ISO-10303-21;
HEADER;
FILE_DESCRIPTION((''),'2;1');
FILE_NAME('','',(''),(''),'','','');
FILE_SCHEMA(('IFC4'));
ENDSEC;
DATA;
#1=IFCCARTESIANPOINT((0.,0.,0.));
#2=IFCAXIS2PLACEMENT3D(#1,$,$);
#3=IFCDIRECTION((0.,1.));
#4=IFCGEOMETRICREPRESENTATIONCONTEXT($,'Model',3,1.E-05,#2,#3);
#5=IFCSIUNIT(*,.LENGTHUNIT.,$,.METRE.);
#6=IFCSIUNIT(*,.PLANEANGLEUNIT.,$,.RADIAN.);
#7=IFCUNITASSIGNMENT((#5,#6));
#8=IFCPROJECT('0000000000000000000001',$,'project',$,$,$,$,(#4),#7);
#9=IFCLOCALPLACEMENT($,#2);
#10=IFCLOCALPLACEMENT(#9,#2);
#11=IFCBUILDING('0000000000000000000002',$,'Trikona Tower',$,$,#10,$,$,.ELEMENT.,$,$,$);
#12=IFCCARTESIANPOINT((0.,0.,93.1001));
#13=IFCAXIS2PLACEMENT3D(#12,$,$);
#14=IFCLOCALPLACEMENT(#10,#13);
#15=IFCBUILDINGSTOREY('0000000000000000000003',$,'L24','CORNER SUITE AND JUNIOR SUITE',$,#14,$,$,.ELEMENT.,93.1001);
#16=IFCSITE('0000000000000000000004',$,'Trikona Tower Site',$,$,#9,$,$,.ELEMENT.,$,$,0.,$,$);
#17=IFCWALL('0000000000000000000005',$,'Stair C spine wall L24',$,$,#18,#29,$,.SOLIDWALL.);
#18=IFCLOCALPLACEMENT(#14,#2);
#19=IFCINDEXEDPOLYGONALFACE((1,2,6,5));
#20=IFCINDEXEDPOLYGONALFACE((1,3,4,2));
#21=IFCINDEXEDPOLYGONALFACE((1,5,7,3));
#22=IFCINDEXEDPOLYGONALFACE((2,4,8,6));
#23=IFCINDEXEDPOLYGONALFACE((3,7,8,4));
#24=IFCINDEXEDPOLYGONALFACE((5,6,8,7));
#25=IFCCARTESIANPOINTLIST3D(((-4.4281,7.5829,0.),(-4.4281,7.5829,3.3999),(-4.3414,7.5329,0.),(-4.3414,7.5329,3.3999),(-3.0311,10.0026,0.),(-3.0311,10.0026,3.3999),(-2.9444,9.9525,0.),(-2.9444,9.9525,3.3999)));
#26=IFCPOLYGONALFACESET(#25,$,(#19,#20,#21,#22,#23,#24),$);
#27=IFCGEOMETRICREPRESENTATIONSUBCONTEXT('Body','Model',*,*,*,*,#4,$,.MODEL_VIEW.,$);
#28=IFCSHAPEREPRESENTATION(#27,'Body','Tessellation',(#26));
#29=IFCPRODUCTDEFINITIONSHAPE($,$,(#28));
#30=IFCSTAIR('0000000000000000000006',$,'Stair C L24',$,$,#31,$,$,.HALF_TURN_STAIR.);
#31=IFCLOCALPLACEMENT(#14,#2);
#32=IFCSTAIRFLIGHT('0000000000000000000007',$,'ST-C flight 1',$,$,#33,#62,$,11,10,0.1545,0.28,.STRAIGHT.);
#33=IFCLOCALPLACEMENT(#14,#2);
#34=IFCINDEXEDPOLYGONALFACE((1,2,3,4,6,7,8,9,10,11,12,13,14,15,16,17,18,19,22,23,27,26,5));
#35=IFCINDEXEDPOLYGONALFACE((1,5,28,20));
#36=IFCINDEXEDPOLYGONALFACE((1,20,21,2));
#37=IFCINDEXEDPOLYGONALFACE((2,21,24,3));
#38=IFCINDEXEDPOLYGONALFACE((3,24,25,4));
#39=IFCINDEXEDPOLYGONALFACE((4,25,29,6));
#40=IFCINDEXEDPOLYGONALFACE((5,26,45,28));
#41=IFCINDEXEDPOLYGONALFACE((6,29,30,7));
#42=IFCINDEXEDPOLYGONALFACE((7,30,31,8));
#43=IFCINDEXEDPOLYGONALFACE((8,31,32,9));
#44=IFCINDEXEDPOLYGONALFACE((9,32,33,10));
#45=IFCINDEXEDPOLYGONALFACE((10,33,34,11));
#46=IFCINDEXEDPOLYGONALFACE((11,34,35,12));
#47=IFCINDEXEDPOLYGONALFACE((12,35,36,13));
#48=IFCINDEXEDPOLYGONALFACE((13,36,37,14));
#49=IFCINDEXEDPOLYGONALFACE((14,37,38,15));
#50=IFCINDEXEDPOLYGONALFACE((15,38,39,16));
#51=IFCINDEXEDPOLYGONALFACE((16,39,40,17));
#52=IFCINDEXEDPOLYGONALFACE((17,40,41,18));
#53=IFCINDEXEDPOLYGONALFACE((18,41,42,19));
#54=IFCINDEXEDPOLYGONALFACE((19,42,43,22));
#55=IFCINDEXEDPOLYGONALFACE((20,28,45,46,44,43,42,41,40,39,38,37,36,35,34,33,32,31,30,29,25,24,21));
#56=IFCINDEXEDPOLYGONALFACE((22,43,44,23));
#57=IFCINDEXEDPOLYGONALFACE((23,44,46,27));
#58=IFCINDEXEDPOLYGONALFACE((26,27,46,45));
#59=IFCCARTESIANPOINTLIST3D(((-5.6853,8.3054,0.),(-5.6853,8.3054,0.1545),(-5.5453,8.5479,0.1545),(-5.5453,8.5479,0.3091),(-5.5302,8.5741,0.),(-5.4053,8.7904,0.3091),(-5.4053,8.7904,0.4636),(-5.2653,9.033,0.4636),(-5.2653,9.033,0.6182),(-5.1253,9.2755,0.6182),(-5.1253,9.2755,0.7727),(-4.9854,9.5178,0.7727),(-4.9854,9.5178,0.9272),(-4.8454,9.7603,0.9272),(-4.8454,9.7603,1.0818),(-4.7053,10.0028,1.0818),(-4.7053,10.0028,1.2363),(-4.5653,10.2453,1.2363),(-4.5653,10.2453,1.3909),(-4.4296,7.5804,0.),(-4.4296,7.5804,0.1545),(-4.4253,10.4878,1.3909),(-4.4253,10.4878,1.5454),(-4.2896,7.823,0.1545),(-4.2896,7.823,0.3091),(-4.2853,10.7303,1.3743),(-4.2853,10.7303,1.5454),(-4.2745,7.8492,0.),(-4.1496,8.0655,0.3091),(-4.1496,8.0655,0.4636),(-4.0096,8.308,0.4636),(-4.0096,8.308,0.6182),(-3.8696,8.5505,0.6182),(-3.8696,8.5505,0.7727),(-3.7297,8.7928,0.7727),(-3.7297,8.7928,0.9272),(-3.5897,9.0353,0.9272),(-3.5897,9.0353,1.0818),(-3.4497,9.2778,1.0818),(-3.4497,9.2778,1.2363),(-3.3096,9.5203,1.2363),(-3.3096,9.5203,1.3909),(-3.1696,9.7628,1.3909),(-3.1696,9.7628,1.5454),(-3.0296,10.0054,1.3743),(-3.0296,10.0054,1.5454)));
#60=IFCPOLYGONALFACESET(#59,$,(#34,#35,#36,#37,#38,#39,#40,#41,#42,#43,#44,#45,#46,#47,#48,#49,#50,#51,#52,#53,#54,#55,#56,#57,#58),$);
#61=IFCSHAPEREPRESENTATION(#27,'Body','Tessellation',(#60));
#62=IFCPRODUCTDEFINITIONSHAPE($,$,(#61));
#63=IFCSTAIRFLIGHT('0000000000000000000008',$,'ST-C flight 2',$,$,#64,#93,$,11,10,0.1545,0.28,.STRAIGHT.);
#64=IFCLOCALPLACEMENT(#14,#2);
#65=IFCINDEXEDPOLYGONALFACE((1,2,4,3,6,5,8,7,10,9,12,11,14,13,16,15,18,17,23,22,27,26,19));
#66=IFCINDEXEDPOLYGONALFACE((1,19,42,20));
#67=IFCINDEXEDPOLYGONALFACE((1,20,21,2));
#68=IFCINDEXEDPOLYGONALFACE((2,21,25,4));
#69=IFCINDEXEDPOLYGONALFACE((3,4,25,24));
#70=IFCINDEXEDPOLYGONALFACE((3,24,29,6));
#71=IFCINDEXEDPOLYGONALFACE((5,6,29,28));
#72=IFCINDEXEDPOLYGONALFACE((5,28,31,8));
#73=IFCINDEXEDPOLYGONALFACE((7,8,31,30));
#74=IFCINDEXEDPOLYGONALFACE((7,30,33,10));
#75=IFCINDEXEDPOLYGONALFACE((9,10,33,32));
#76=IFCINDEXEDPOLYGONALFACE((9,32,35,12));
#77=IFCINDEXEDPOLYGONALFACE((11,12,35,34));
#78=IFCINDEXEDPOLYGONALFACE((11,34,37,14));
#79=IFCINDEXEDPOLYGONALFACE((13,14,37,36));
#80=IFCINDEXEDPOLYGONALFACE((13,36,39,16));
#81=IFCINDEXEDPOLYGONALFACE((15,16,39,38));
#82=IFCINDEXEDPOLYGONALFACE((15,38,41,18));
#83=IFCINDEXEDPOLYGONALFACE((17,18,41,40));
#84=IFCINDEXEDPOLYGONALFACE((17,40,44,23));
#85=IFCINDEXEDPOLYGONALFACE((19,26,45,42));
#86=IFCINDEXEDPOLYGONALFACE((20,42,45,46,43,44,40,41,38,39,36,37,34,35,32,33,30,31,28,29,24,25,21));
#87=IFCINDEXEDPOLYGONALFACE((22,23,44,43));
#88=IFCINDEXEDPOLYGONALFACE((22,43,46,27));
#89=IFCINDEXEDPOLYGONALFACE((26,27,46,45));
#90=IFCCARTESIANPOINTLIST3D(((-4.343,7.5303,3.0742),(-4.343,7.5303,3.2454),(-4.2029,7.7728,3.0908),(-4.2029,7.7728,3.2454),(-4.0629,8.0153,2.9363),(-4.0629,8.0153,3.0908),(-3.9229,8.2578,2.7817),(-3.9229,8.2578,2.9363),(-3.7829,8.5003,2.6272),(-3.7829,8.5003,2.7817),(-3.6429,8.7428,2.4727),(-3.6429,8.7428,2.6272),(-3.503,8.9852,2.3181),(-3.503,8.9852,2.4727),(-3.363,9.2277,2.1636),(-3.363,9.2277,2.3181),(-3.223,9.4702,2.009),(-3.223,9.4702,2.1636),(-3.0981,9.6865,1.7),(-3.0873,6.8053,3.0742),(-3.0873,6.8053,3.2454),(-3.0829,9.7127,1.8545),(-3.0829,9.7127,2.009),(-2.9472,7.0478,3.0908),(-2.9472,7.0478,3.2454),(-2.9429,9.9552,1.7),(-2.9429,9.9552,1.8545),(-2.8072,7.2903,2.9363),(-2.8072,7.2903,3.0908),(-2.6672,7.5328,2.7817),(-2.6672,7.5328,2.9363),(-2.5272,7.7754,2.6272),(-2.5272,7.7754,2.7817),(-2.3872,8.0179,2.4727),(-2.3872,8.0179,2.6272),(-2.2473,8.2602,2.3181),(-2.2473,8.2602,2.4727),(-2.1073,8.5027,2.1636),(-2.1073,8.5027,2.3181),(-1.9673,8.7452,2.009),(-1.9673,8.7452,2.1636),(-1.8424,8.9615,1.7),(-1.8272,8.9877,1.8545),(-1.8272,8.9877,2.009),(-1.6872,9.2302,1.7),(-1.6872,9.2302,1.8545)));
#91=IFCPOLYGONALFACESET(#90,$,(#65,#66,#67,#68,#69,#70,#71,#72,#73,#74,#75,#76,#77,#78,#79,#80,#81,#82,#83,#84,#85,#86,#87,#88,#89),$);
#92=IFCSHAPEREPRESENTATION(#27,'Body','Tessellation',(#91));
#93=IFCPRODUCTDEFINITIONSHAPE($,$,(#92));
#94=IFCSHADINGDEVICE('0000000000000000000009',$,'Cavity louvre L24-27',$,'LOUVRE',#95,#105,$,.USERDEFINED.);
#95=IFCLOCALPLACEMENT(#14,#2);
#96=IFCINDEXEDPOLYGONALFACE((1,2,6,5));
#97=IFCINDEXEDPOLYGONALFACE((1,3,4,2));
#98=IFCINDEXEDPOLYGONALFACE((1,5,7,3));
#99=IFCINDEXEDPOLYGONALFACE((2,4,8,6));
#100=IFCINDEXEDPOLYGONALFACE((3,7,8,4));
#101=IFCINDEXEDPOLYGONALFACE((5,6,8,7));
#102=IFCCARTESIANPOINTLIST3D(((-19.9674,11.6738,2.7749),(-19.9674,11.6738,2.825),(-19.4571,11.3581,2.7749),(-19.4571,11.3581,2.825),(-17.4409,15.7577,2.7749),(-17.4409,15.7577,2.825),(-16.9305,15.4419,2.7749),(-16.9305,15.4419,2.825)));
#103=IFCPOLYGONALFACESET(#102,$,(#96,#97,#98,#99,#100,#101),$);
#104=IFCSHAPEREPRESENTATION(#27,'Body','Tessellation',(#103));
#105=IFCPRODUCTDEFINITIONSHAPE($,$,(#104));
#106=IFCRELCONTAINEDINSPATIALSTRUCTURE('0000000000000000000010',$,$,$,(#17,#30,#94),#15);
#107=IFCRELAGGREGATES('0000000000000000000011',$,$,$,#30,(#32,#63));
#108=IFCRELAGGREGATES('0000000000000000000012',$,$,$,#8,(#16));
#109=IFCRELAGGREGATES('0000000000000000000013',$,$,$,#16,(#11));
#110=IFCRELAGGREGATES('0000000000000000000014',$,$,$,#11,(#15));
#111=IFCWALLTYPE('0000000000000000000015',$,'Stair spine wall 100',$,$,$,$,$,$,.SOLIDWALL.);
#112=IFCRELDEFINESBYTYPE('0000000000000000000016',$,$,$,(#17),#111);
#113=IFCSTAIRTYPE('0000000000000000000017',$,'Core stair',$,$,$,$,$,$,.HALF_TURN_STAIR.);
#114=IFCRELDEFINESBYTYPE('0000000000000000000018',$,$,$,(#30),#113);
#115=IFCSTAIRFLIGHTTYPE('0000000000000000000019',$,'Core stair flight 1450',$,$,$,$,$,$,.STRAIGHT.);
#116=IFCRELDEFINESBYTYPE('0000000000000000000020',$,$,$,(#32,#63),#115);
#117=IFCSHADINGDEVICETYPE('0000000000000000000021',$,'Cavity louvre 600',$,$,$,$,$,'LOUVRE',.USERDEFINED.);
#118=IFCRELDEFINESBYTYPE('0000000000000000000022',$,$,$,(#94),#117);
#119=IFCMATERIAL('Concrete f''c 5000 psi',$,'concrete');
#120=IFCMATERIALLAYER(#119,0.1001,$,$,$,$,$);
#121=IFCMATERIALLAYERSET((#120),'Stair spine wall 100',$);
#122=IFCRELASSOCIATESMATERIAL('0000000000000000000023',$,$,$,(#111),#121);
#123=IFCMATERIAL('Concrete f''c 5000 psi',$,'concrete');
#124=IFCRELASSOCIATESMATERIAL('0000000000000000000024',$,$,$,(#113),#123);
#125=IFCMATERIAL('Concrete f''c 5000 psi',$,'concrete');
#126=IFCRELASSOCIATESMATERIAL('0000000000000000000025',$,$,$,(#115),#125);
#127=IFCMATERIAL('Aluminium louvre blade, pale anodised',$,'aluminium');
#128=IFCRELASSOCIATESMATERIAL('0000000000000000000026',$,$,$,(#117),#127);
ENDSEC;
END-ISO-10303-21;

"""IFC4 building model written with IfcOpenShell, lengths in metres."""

from ifc_helpers import new_model, si_unit, direction, frame, frame_2d, origin, origin_2d, place, context, subcontext, project, spatial, polyline, rectangle, outline, extrude, material, layer, layer_set, type_object, element, aggregate, save


model = new_model("IFC4")

# Units and contexts
model_context = context("Model", 3, precision=1e-05, world=origin(), true_north=direction((0.0, 1.0)))
body_context = subcontext(model_context, "Body", "Model", "MODEL_VIEW")
ifc_project = project(units=[si_unit("LENGTHUNIT", "METRE"), si_unit("PLANEANGLEUNIT", "RADIAN")], contexts=[model_context])

# Site, building, storey
site_placement = place(None, origin())
site = spatial("IfcSite", under=ifc_project, at=site_placement, Name="Trikona Tower Site", CompositionType="ELEMENT", RefElevation=0.0)
building_placement = place(site_placement, origin())
building = spatial("IfcBuilding", under=site, at=building_placement, Name="Trikona Tower", CompositionType="ELEMENT")
storey_placement = place(building_placement, frame((0.0, 0.0, 93.1001)))
storey = spatial("IfcBuildingStorey", under=building, at=storey_placement, Name="L24", Description="CORNER SUITE AND JUNIOR SUITE", CompositionType="ELEMENT", Elevation=93.1001)

# Wall
ifc_material_1 = material(Name="Concrete f'c 5000 psi", Category="concrete")
ifc_layer_1 = layer(ifc_material_1, 0.1001)
ifc_layer_set_1 = layer_set([ifc_layer_1], Name="Stair spine wall 100")
wall_type_1 = type_object("IfcWallType", Name="Stair spine wall 100", PredefinedType="SOLIDWALL", material=ifc_layer_set_1)
wall_1_placement = place(storey_placement, frame((-2.9878, 9.9775, 0.0), z_axis=(0.0, 0.0, 1.0), x_axis=(-0.499992, -0.86603, 0.0)))
element("IfcWall", 1, at=wall_1_placement, inside=storey, type_object=wall_type_1, Name="Stair C spine wall L24", PredefinedType="SOLIDWALL", context=body_context, shape_type="SweptSolid", body=[
    extrude(rectangle(XDim=2.7939, YDim=0.1001, at=frame_2d((1.397, 0.0))), origin(), (0.0, 0.0, 1.0), 3.3999),
])

# Stair, stair flights
ifc_material_2 = material(Name="Concrete f'c 5000 psi", Category="concrete")
stair_type = type_object("IfcStairType", Name="Core stair", PredefinedType="HALF_TURN_STAIR", material=ifc_material_2)
stair_placement = place(storey_placement, origin())
stair = element("IfcStair", 2, at=stair_placement, inside=storey, type_object=stair_type, Name="Stair C L24", PredefinedType="HALF_TURN_STAIR")
ifc_material_3 = material(Name="Concrete f'c 5000 psi", Category="concrete")
stair_flight_type = type_object("IfcStairFlightType", Name="Core stair flight 1450", PredefinedType="STRAIGHT", material=ifc_material_3)
stair_flight_1_placement = place(storey_placement, frame((-5.0574, 7.9429, 0.0), z_axis=(0.0, 0.0, 1.0), x_axis=(0.5, 0.866025, 0.0)))
stair_flight_1 = element("IfcStairFlight", 3, at=stair_flight_1_placement, type_object=stair_flight_type, Name="ST-C flight 1", NumberOfRisers=11, NumberOfTreads=10, PredefinedType="STRAIGHT", RiserHeight=0.1545, TreadLength=0.28, context=body_context, shape_type="SweptSolid", body=[
    extrude(outline(polyline([(0.0, 0.0), (0.0, 0.1545), (0.28, 0.1545), (0.28, 0.3091), (0.5601, 0.3091), (0.5601, 0.4636), (0.8401, 0.4636), (0.8401, 0.6182), (1.1201, 0.6182), (1.1201, 0.7727), (1.3999, 0.7727), (1.3999, 0.9272), (1.6799, 0.9272), (1.6799, 1.0818), (1.96, 1.0818), (1.96, 1.2363), (2.24, 1.2363), (2.24, 1.3909), (2.52, 1.3909), (2.52, 1.5454), (2.8, 1.5454), (2.8, 1.7), (2.8, 1.3743), (0.3103, 0.0), (0.0, 0.0)])), frame((0.0, 0.7251, 0.0), z_axis=(0.0, -1.0, 0.0), x_axis=(1.0, 0.0, 0.0)), (0.0, 0.0, 1.0), 1.45),
])
stair_flight_2_placement = place(storey_placement, frame((-2.3152, 9.5928, 1.7), z_axis=(0.0, 0.0, 1.0), x_axis=(-0.5, -0.866025, 0.0)))
stair_flight_2 = element("IfcStairFlight", 4, at=stair_flight_2_placement, type_object=stair_flight_type, Name="ST-C flight 2", NumberOfRisers=11, NumberOfTreads=10, PredefinedType="STRAIGHT", RiserHeight=0.1545, TreadLength=0.28, context=body_context, shape_type="SweptSolid", body=[
    extrude(outline(polyline([(0.0, 0.0), (0.0, 0.1545), (0.28, 0.1545), (0.28, 0.3091), (0.5601, 0.3091), (0.5601, 0.4636), (0.8401, 0.4636), (0.8401, 0.6182), (1.1201, 0.6182), (1.1201, 0.7727), (1.3999, 0.7727), (1.3999, 0.9272), (1.6799, 0.9272), (1.6799, 1.0818), (1.96, 1.0818), (1.96, 1.2363), (2.24, 1.2363), (2.24, 1.3909), (2.52, 1.3909), (2.52, 1.5454), (2.8, 1.5454), (2.8, 1.7), (2.8, 1.3743), (0.3103, 0.0), (0.0, 0.0)])), frame((0.0, 0.7251, 0.0), z_axis=(0.0, -1.0, 0.0), x_axis=(1.0, 0.0, 0.0)), (0.0, 0.0, 1.0), 1.45),
])
aggregate(stair, [stair_flight_1, stair_flight_2])

# Shading device
ifc_material_4 = material(Name="Aluminium louvre blade, pale anodised", Category="aluminium")
shading_device_type = type_object("IfcShadingDeviceType", Name="Cavity louvre 600", ElementType="LOUVRE", PredefinedType="USERDEFINED", material=ifc_material_4)
shading_device_placement = place(storey_placement, frame((-18.449, 13.5579, 2.7749), z_axis=(0.0, 0.0, 1.0), x_axis=(-0.526119, -0.850411, 0.0)))
element("IfcShadingDevice", 5, at=shading_device_placement, inside=storey, type_object=shading_device_type, Name="Cavity louvre L24-27", ObjectType="LOUVRE", PredefinedType="USERDEFINED", context=body_context, shape_type="SweptSolid", body=[
    extrude(rectangle(XDim=4.8022, YDim=0.6001, at=origin_2d()), origin(), (0.0, 0.0, 1.0), 0.05),
])

save(model, "model.ifc")
